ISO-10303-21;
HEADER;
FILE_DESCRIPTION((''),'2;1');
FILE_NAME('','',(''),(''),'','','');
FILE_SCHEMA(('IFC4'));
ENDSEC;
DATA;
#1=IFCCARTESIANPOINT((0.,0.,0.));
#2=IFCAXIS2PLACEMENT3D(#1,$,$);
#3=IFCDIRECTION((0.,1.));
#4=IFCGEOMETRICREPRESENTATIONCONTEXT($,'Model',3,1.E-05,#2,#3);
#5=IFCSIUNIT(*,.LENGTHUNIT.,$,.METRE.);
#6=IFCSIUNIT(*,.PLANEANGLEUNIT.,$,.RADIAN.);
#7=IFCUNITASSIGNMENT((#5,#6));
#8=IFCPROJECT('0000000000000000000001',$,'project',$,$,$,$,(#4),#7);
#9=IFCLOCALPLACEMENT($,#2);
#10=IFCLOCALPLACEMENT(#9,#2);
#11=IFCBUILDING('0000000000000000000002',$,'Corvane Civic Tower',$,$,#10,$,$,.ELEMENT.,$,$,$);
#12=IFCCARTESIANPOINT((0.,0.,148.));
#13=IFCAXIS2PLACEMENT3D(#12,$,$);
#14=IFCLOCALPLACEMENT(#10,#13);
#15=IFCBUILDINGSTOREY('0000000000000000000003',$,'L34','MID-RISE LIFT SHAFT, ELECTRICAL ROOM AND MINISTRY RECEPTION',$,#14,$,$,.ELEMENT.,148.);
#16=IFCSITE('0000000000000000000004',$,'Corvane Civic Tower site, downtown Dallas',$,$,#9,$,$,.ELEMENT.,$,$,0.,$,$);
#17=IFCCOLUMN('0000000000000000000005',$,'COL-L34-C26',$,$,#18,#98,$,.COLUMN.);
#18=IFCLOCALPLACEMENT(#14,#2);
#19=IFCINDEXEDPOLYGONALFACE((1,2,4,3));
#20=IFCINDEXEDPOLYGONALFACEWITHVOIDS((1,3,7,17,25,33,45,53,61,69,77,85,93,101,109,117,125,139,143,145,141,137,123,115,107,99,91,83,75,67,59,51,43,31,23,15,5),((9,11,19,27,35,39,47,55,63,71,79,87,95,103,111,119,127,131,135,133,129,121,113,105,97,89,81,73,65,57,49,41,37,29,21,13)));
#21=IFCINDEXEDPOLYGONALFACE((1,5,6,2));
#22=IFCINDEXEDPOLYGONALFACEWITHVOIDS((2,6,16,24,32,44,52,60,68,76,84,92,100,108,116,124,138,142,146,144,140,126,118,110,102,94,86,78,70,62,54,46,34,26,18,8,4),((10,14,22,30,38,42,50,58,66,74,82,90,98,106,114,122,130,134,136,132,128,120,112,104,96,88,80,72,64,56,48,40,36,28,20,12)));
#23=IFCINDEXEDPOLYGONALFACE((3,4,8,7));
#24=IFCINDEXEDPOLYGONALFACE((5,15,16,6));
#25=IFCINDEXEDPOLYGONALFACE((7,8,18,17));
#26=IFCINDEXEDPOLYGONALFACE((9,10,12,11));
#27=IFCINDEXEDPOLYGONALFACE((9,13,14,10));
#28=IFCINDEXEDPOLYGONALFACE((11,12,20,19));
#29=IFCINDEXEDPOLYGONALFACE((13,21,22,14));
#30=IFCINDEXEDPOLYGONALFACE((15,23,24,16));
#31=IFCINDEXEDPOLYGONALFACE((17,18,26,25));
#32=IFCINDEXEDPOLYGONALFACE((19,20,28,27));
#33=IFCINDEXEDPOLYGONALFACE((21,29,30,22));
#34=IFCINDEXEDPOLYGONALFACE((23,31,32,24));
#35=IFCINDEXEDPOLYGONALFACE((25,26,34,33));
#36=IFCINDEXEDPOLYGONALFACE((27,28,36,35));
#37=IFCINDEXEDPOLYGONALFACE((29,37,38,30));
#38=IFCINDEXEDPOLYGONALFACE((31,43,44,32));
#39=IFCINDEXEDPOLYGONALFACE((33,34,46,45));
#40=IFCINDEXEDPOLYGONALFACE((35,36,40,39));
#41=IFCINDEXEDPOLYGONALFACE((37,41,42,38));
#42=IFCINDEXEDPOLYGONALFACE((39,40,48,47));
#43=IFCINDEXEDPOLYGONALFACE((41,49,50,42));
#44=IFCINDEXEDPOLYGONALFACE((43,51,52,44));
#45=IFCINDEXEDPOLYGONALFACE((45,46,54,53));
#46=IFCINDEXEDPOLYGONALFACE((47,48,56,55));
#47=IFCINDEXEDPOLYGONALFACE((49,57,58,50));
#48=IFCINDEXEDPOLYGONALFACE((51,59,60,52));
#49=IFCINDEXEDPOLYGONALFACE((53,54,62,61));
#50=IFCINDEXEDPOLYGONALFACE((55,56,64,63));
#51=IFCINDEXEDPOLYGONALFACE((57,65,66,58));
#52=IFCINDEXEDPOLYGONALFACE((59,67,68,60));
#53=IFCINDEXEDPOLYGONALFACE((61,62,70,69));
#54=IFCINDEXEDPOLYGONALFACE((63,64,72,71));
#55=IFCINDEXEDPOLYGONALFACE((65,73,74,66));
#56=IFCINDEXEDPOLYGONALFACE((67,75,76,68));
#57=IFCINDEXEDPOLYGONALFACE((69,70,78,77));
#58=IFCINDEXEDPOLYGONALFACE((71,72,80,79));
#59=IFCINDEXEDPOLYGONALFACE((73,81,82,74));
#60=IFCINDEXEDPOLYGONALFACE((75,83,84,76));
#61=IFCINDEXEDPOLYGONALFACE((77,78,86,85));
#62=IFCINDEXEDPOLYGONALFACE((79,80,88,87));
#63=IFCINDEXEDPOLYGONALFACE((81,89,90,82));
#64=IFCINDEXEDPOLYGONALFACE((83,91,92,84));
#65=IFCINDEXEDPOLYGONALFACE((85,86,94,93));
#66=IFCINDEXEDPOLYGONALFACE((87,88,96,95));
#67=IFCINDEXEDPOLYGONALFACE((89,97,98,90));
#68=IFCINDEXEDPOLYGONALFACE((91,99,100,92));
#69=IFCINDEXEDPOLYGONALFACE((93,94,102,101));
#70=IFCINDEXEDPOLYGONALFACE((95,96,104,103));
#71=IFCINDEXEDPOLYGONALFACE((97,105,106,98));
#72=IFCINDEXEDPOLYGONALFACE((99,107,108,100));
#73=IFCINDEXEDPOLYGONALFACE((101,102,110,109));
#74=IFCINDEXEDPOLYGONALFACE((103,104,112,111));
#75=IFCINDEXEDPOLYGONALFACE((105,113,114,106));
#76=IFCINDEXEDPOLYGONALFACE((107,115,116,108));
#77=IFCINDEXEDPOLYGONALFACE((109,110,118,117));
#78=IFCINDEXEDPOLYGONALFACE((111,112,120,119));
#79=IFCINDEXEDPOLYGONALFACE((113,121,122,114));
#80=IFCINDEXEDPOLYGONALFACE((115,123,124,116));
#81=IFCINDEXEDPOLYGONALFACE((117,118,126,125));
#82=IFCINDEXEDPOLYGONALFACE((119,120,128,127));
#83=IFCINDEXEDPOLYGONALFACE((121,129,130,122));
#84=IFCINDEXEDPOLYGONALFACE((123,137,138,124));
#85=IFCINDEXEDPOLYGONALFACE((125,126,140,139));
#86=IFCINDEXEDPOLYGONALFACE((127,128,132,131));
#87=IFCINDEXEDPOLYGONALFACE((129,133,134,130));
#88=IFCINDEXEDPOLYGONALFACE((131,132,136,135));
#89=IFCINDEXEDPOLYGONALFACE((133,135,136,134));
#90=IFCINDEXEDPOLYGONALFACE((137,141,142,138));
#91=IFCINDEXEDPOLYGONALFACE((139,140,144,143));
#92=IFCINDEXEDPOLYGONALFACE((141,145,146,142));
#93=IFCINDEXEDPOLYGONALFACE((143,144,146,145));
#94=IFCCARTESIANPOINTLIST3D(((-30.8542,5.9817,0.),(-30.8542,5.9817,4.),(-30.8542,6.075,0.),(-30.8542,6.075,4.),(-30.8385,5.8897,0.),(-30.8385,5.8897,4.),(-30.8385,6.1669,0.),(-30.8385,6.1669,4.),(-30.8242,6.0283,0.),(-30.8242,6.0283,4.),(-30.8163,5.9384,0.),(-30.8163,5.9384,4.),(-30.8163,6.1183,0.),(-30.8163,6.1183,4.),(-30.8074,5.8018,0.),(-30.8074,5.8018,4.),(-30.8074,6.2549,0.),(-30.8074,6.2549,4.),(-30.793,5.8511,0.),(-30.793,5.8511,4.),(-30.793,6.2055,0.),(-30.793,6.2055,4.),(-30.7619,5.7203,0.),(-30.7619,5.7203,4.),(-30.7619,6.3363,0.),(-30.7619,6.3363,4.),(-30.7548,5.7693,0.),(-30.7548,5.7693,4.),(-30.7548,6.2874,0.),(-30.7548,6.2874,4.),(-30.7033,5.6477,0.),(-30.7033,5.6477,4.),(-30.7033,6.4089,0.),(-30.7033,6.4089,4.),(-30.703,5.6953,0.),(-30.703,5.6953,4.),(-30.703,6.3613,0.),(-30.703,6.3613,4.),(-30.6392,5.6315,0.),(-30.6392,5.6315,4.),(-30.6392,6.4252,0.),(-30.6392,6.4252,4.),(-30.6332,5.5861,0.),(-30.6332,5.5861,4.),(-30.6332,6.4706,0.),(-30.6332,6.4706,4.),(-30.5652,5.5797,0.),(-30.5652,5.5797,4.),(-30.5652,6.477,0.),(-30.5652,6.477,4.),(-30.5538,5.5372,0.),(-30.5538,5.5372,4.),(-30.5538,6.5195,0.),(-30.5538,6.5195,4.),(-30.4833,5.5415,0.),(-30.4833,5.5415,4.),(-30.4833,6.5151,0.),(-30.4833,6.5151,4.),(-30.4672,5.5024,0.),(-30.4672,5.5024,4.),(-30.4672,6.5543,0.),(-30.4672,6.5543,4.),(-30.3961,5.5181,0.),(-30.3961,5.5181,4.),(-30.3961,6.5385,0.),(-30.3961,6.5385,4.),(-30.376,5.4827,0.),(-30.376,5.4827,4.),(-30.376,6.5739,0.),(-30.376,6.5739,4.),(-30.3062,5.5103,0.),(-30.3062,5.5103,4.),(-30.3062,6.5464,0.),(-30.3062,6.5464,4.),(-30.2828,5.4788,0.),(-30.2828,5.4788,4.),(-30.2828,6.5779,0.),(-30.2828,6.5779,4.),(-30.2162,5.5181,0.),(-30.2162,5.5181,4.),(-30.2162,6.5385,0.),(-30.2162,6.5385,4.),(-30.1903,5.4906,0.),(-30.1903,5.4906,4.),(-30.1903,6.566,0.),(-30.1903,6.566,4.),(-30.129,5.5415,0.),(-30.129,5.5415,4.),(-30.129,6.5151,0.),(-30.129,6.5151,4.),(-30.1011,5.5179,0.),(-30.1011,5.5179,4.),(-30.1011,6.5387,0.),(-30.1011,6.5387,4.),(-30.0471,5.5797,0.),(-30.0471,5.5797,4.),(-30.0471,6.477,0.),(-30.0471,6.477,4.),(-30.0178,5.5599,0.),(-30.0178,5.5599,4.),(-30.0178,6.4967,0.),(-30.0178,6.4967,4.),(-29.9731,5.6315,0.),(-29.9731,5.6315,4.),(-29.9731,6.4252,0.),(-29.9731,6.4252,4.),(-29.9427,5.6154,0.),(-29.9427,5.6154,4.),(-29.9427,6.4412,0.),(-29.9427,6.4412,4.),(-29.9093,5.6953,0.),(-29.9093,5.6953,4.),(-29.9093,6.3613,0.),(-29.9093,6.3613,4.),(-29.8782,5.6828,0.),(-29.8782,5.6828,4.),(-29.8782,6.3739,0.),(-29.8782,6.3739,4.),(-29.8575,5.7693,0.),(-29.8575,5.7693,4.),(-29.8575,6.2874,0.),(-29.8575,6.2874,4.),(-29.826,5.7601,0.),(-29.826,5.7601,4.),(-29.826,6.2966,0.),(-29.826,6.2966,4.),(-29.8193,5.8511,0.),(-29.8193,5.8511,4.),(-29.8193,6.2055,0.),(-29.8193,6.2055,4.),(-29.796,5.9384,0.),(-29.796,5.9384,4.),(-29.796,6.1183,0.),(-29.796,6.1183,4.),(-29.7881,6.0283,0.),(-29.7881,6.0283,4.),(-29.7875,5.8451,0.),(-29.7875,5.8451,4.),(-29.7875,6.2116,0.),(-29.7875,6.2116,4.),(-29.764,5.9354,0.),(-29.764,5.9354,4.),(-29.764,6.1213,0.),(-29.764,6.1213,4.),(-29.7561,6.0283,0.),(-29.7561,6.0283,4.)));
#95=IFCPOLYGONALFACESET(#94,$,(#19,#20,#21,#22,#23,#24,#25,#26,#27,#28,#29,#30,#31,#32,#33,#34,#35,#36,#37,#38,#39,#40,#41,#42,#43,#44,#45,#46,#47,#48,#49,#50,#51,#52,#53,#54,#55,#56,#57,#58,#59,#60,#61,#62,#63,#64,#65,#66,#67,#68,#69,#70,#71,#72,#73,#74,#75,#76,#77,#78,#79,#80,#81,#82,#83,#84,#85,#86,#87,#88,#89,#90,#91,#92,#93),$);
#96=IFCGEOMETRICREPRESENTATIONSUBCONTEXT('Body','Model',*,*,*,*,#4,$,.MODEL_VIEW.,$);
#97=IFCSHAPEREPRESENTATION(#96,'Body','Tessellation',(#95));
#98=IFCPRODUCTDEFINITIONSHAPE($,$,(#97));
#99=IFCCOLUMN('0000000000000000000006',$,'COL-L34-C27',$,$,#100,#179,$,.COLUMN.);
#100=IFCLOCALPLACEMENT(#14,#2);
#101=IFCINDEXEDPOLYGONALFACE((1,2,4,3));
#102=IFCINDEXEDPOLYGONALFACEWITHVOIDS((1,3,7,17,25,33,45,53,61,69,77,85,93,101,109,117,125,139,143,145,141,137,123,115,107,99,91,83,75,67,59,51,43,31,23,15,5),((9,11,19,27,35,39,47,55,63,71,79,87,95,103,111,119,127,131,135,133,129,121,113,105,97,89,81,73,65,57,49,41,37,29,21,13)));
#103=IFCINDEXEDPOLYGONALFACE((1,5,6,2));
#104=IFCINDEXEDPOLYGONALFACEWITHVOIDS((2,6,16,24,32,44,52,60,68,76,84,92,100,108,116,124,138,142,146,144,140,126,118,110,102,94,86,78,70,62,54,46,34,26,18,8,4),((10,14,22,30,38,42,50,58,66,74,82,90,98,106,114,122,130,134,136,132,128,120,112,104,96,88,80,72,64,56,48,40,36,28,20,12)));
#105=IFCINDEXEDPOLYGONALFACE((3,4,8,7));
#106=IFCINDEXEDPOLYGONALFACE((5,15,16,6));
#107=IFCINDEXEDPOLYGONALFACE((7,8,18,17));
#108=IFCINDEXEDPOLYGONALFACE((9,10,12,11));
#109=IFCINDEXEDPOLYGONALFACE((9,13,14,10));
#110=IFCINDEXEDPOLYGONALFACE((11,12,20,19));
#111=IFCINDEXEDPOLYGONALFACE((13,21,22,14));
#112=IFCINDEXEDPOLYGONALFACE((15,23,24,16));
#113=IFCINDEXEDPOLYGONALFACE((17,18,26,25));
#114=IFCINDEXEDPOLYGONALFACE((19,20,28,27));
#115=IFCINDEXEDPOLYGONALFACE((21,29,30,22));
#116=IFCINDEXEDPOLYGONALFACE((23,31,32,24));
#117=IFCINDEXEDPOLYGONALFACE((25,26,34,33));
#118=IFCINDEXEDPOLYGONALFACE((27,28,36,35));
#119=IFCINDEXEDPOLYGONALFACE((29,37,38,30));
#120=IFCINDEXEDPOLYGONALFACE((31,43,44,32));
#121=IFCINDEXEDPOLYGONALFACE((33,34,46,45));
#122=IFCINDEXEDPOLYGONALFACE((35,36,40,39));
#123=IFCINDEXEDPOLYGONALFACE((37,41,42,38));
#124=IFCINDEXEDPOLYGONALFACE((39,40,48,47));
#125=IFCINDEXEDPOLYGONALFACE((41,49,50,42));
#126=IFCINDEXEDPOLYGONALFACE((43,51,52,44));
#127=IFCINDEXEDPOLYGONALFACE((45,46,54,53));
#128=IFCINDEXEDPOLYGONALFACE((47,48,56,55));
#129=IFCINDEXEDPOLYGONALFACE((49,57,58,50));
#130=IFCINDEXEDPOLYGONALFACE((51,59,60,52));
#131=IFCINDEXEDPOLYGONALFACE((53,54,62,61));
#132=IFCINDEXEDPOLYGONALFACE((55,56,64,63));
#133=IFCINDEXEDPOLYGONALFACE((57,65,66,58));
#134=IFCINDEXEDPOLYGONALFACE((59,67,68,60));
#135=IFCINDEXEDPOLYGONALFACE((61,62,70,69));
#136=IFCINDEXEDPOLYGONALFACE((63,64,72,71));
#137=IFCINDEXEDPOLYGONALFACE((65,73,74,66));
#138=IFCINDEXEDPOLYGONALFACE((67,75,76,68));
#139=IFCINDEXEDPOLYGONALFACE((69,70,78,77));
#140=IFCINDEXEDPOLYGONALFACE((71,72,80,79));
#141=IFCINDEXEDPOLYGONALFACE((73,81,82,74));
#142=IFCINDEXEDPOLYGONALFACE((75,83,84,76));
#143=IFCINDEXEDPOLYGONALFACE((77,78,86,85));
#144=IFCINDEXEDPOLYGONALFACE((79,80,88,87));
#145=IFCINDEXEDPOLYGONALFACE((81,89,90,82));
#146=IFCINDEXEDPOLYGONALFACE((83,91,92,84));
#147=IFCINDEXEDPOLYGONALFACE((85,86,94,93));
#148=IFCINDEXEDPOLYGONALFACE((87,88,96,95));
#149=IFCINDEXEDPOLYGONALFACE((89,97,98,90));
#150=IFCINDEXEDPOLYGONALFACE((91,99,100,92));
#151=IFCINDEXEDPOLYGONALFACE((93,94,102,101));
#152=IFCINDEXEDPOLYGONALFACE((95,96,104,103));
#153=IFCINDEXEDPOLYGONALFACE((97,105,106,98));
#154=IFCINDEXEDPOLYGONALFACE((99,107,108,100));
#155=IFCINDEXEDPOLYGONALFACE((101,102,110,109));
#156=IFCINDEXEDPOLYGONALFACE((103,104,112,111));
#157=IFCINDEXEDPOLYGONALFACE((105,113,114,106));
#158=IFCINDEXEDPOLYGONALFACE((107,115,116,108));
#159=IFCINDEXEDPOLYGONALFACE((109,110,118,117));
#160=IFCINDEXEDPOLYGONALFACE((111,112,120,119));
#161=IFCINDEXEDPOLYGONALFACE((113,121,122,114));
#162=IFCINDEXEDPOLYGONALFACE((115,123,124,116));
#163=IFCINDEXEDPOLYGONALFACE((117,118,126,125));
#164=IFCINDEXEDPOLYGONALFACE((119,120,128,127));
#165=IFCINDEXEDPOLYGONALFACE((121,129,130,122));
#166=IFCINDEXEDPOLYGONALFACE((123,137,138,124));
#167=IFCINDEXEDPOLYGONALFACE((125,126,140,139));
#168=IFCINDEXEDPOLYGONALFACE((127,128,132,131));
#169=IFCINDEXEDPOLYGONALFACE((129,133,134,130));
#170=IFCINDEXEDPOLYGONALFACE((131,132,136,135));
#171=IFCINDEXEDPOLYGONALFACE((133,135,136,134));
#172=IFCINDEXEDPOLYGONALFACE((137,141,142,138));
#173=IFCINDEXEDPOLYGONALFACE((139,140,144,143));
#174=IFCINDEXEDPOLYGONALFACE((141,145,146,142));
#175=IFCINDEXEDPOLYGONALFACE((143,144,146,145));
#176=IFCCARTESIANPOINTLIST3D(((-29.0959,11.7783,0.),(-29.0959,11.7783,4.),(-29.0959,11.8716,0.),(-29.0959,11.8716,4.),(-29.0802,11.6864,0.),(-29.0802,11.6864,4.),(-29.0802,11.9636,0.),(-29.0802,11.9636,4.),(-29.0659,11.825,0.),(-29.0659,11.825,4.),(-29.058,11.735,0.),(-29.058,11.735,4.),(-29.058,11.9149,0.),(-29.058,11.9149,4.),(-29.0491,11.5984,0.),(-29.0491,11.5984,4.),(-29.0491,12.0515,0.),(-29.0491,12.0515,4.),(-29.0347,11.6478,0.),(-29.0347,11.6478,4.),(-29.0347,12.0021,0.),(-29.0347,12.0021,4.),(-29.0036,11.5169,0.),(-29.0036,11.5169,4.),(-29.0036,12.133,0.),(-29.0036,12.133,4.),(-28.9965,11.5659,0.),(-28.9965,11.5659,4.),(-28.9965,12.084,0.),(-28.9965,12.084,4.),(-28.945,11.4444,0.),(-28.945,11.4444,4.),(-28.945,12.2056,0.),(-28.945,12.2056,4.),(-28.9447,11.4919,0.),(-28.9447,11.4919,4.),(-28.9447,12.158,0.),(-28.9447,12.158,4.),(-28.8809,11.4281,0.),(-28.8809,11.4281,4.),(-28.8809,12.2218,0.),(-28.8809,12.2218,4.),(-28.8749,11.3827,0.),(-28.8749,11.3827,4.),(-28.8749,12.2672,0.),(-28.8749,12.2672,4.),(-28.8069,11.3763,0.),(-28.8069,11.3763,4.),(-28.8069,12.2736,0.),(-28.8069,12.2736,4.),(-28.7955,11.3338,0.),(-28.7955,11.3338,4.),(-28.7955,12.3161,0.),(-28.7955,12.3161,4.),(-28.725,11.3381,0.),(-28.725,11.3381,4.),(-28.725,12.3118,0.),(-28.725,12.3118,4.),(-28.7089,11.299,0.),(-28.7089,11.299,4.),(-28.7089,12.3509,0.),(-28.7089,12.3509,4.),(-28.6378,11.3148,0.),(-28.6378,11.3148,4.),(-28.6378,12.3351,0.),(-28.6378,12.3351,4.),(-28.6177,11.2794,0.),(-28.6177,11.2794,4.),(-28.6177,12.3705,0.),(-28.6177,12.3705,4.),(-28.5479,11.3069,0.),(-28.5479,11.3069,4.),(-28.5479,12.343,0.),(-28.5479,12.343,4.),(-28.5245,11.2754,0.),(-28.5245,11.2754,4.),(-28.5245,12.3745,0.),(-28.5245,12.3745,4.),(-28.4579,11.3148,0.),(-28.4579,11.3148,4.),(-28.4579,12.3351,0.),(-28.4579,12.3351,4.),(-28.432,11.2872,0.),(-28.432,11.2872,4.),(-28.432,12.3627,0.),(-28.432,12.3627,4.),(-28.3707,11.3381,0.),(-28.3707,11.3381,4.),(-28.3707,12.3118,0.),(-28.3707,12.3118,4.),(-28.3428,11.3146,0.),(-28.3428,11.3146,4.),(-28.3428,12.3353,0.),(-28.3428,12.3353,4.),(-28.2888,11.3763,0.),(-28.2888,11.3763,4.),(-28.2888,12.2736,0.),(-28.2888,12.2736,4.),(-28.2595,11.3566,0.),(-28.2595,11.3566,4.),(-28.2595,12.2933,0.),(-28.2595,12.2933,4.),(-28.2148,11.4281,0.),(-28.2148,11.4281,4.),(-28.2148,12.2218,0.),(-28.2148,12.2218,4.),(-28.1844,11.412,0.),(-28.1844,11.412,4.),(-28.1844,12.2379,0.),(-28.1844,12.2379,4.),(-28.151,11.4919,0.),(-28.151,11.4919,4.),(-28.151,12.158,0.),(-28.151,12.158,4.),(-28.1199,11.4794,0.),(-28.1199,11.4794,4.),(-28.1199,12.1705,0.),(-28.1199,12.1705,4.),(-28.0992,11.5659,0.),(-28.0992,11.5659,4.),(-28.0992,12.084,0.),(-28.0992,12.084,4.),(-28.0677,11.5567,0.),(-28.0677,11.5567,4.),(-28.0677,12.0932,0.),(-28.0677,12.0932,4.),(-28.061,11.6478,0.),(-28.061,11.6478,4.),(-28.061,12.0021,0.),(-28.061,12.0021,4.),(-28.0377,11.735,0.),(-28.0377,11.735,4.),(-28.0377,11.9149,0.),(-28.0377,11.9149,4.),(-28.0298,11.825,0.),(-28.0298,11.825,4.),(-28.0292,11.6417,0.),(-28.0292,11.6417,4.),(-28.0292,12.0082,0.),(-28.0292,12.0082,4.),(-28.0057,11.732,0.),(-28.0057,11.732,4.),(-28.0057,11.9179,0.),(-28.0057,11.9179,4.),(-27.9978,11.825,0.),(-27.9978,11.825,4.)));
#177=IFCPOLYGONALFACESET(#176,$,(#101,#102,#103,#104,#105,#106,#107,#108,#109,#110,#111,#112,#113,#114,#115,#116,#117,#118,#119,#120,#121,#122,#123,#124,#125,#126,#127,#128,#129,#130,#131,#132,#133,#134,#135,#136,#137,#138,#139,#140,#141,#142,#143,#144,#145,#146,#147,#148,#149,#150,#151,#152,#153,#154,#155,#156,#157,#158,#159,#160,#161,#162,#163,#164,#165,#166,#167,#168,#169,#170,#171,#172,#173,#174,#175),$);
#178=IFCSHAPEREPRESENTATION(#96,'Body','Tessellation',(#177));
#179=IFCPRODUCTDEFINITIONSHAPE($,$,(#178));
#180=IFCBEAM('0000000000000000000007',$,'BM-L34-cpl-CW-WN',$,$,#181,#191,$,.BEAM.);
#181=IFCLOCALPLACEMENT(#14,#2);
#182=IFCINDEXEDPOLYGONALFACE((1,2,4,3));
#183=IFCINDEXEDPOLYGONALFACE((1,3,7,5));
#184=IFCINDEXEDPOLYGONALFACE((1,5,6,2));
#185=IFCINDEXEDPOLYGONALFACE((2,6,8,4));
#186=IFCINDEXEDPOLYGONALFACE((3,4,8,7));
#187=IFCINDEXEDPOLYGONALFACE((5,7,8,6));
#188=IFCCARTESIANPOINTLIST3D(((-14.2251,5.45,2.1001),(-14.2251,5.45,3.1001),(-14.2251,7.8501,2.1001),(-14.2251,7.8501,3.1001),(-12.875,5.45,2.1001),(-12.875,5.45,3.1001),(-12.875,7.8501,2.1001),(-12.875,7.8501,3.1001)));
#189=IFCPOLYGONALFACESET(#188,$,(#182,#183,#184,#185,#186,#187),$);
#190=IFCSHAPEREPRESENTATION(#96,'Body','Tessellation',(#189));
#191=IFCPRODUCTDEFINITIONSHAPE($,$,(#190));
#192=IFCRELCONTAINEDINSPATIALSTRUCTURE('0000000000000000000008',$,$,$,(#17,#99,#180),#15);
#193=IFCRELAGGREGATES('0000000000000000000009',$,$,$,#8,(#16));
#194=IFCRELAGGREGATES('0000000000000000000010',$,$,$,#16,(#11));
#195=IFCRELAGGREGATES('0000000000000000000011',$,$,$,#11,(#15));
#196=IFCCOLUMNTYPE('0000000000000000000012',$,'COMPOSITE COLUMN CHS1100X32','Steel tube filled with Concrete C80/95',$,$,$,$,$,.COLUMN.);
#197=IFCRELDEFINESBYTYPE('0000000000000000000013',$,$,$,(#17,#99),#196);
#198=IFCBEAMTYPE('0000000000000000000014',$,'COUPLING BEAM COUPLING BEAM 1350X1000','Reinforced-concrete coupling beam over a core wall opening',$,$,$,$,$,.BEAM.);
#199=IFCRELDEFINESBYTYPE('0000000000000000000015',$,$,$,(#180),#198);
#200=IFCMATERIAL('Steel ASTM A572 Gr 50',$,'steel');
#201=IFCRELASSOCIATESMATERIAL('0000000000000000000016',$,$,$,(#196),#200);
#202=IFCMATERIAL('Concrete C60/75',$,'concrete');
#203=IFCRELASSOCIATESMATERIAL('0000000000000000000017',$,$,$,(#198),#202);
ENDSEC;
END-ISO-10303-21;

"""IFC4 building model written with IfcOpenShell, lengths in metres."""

from ifc_helpers import new_model, si_unit, direction, frame, origin, origin_2d, place, context, subcontext, project, spatial, rectangle, hollow_circle, extrude, material, material_profile, profile_set, type_object, element, save


model = new_model("IFC4")

# Units and contexts
model_context = context("Model", 3, precision=1e-05, world=origin(), true_north=direction((0.0, 1.0)))
body_context = subcontext(model_context, "Body", "Model", "MODEL_VIEW")
ifc_project = project(units=[si_unit("LENGTHUNIT", "METRE"), si_unit("PLANEANGLEUNIT", "RADIAN")], contexts=[model_context])

# Site, building, storey
site_placement = place(None, origin())
site = spatial("IfcSite", under=ifc_project, at=site_placement, Name="Corvane Civic Tower site, downtown Dallas", CompositionType="ELEMENT", RefElevation=0.0)
building_placement = place(site_placement, origin())
building = spatial("IfcBuilding", under=site, at=building_placement, Name="Corvane Civic Tower", CompositionType="ELEMENT")
storey_placement = place(building_placement, frame((0.0, 0.0, 148.0)))
storey = spatial("IfcBuildingStorey", under=building, at=storey_placement, Name="L34", Description="MID-RISE LIFT SHAFT, ELECTRICAL ROOM AND MINISTRY RECEPTION", CompositionType="ELEMENT", Elevation=148.0)

# Columns
ifc_material_1 = material(Name="Steel ASTM A572 Gr 50", Category="steel")
ifc_material_profile_1 = material_profile(ifc_material_1, hollow_circle(Radius=0.55, WallThickness=0.032, at=origin_2d()), Name="CHS1100X32")
ifc_profile_set_1 = profile_set([ifc_material_profile_1], Name="Steel ASTM A572 Gr 50")
column_type = type_object("IfcColumnType", Name="COMPOSITE COLUMN CHS1100X32", Description="Steel tube filled with Concrete C80/95", PredefinedType="COLUMN", material=ifc_profile_set_1)
for number, where, z_axis, x_axis, name in (
    (1, (-30.3062, 6.0283, 0.0), (0.0, 0.0, 1.0), (1.0, 0.0, 0.0), "COL-L34-C26"),
    (2, (-28.5479, 11.825, 0.0), (0.0, 0.0, 1.0), (1.0, 0.0, 0.0), "COL-L34-C27"),
):
    element("IfcColumn", number, at=place(storey_placement, frame(where, z_axis=z_axis, x_axis=x_axis)), inside=storey, type_object=column_type, Name=name, PredefinedType="COLUMN", context=body_context, shape_type="SweptSolid", body=[
        extrude(hollow_circle(Radius=0.55, WallThickness=0.032, at=origin_2d()), origin(), (0.0, 0.0, 1.0), 4.0),
    ])

# Beam
ifc_material_2 = material(Name="Concrete C60/75", Category="concrete")
ifc_material_profile_2 = material_profile(ifc_material_2, rectangle(XDim=1.3501, YDim=1.0, at=origin_2d()), Name="COUPLING BEAM 1350X1000")
ifc_profile_set_2 = profile_set([ifc_material_profile_2], Name="Concrete C60/75")
beam_type_1 = type_object("IfcBeamType", Name="COUPLING BEAM COUPLING BEAM 1350X1000", Description="Reinforced-concrete coupling beam over a core wall opening", PredefinedType="BEAM", material=ifc_profile_set_2)
beam_1_placement = place(storey_placement, frame((-13.55, 5.45, 2.6001), z_axis=(0.0, 1.0, 0.0), x_axis=(-1.0, 0.0, 0.0)))
element("IfcBeam", 3, at=beam_1_placement, inside=storey, type_object=beam_type_1, Name="BM-L34-cpl-CW-WN", PredefinedType="BEAM", context=body_context, shape_type="SweptSolid", body=[
    extrude(rectangle(XDim=1.3501, YDim=1.0, at=origin_2d()), origin(), (0.0, 0.0, 1.0), 2.4001),
])

save(model, "model.ifc")
